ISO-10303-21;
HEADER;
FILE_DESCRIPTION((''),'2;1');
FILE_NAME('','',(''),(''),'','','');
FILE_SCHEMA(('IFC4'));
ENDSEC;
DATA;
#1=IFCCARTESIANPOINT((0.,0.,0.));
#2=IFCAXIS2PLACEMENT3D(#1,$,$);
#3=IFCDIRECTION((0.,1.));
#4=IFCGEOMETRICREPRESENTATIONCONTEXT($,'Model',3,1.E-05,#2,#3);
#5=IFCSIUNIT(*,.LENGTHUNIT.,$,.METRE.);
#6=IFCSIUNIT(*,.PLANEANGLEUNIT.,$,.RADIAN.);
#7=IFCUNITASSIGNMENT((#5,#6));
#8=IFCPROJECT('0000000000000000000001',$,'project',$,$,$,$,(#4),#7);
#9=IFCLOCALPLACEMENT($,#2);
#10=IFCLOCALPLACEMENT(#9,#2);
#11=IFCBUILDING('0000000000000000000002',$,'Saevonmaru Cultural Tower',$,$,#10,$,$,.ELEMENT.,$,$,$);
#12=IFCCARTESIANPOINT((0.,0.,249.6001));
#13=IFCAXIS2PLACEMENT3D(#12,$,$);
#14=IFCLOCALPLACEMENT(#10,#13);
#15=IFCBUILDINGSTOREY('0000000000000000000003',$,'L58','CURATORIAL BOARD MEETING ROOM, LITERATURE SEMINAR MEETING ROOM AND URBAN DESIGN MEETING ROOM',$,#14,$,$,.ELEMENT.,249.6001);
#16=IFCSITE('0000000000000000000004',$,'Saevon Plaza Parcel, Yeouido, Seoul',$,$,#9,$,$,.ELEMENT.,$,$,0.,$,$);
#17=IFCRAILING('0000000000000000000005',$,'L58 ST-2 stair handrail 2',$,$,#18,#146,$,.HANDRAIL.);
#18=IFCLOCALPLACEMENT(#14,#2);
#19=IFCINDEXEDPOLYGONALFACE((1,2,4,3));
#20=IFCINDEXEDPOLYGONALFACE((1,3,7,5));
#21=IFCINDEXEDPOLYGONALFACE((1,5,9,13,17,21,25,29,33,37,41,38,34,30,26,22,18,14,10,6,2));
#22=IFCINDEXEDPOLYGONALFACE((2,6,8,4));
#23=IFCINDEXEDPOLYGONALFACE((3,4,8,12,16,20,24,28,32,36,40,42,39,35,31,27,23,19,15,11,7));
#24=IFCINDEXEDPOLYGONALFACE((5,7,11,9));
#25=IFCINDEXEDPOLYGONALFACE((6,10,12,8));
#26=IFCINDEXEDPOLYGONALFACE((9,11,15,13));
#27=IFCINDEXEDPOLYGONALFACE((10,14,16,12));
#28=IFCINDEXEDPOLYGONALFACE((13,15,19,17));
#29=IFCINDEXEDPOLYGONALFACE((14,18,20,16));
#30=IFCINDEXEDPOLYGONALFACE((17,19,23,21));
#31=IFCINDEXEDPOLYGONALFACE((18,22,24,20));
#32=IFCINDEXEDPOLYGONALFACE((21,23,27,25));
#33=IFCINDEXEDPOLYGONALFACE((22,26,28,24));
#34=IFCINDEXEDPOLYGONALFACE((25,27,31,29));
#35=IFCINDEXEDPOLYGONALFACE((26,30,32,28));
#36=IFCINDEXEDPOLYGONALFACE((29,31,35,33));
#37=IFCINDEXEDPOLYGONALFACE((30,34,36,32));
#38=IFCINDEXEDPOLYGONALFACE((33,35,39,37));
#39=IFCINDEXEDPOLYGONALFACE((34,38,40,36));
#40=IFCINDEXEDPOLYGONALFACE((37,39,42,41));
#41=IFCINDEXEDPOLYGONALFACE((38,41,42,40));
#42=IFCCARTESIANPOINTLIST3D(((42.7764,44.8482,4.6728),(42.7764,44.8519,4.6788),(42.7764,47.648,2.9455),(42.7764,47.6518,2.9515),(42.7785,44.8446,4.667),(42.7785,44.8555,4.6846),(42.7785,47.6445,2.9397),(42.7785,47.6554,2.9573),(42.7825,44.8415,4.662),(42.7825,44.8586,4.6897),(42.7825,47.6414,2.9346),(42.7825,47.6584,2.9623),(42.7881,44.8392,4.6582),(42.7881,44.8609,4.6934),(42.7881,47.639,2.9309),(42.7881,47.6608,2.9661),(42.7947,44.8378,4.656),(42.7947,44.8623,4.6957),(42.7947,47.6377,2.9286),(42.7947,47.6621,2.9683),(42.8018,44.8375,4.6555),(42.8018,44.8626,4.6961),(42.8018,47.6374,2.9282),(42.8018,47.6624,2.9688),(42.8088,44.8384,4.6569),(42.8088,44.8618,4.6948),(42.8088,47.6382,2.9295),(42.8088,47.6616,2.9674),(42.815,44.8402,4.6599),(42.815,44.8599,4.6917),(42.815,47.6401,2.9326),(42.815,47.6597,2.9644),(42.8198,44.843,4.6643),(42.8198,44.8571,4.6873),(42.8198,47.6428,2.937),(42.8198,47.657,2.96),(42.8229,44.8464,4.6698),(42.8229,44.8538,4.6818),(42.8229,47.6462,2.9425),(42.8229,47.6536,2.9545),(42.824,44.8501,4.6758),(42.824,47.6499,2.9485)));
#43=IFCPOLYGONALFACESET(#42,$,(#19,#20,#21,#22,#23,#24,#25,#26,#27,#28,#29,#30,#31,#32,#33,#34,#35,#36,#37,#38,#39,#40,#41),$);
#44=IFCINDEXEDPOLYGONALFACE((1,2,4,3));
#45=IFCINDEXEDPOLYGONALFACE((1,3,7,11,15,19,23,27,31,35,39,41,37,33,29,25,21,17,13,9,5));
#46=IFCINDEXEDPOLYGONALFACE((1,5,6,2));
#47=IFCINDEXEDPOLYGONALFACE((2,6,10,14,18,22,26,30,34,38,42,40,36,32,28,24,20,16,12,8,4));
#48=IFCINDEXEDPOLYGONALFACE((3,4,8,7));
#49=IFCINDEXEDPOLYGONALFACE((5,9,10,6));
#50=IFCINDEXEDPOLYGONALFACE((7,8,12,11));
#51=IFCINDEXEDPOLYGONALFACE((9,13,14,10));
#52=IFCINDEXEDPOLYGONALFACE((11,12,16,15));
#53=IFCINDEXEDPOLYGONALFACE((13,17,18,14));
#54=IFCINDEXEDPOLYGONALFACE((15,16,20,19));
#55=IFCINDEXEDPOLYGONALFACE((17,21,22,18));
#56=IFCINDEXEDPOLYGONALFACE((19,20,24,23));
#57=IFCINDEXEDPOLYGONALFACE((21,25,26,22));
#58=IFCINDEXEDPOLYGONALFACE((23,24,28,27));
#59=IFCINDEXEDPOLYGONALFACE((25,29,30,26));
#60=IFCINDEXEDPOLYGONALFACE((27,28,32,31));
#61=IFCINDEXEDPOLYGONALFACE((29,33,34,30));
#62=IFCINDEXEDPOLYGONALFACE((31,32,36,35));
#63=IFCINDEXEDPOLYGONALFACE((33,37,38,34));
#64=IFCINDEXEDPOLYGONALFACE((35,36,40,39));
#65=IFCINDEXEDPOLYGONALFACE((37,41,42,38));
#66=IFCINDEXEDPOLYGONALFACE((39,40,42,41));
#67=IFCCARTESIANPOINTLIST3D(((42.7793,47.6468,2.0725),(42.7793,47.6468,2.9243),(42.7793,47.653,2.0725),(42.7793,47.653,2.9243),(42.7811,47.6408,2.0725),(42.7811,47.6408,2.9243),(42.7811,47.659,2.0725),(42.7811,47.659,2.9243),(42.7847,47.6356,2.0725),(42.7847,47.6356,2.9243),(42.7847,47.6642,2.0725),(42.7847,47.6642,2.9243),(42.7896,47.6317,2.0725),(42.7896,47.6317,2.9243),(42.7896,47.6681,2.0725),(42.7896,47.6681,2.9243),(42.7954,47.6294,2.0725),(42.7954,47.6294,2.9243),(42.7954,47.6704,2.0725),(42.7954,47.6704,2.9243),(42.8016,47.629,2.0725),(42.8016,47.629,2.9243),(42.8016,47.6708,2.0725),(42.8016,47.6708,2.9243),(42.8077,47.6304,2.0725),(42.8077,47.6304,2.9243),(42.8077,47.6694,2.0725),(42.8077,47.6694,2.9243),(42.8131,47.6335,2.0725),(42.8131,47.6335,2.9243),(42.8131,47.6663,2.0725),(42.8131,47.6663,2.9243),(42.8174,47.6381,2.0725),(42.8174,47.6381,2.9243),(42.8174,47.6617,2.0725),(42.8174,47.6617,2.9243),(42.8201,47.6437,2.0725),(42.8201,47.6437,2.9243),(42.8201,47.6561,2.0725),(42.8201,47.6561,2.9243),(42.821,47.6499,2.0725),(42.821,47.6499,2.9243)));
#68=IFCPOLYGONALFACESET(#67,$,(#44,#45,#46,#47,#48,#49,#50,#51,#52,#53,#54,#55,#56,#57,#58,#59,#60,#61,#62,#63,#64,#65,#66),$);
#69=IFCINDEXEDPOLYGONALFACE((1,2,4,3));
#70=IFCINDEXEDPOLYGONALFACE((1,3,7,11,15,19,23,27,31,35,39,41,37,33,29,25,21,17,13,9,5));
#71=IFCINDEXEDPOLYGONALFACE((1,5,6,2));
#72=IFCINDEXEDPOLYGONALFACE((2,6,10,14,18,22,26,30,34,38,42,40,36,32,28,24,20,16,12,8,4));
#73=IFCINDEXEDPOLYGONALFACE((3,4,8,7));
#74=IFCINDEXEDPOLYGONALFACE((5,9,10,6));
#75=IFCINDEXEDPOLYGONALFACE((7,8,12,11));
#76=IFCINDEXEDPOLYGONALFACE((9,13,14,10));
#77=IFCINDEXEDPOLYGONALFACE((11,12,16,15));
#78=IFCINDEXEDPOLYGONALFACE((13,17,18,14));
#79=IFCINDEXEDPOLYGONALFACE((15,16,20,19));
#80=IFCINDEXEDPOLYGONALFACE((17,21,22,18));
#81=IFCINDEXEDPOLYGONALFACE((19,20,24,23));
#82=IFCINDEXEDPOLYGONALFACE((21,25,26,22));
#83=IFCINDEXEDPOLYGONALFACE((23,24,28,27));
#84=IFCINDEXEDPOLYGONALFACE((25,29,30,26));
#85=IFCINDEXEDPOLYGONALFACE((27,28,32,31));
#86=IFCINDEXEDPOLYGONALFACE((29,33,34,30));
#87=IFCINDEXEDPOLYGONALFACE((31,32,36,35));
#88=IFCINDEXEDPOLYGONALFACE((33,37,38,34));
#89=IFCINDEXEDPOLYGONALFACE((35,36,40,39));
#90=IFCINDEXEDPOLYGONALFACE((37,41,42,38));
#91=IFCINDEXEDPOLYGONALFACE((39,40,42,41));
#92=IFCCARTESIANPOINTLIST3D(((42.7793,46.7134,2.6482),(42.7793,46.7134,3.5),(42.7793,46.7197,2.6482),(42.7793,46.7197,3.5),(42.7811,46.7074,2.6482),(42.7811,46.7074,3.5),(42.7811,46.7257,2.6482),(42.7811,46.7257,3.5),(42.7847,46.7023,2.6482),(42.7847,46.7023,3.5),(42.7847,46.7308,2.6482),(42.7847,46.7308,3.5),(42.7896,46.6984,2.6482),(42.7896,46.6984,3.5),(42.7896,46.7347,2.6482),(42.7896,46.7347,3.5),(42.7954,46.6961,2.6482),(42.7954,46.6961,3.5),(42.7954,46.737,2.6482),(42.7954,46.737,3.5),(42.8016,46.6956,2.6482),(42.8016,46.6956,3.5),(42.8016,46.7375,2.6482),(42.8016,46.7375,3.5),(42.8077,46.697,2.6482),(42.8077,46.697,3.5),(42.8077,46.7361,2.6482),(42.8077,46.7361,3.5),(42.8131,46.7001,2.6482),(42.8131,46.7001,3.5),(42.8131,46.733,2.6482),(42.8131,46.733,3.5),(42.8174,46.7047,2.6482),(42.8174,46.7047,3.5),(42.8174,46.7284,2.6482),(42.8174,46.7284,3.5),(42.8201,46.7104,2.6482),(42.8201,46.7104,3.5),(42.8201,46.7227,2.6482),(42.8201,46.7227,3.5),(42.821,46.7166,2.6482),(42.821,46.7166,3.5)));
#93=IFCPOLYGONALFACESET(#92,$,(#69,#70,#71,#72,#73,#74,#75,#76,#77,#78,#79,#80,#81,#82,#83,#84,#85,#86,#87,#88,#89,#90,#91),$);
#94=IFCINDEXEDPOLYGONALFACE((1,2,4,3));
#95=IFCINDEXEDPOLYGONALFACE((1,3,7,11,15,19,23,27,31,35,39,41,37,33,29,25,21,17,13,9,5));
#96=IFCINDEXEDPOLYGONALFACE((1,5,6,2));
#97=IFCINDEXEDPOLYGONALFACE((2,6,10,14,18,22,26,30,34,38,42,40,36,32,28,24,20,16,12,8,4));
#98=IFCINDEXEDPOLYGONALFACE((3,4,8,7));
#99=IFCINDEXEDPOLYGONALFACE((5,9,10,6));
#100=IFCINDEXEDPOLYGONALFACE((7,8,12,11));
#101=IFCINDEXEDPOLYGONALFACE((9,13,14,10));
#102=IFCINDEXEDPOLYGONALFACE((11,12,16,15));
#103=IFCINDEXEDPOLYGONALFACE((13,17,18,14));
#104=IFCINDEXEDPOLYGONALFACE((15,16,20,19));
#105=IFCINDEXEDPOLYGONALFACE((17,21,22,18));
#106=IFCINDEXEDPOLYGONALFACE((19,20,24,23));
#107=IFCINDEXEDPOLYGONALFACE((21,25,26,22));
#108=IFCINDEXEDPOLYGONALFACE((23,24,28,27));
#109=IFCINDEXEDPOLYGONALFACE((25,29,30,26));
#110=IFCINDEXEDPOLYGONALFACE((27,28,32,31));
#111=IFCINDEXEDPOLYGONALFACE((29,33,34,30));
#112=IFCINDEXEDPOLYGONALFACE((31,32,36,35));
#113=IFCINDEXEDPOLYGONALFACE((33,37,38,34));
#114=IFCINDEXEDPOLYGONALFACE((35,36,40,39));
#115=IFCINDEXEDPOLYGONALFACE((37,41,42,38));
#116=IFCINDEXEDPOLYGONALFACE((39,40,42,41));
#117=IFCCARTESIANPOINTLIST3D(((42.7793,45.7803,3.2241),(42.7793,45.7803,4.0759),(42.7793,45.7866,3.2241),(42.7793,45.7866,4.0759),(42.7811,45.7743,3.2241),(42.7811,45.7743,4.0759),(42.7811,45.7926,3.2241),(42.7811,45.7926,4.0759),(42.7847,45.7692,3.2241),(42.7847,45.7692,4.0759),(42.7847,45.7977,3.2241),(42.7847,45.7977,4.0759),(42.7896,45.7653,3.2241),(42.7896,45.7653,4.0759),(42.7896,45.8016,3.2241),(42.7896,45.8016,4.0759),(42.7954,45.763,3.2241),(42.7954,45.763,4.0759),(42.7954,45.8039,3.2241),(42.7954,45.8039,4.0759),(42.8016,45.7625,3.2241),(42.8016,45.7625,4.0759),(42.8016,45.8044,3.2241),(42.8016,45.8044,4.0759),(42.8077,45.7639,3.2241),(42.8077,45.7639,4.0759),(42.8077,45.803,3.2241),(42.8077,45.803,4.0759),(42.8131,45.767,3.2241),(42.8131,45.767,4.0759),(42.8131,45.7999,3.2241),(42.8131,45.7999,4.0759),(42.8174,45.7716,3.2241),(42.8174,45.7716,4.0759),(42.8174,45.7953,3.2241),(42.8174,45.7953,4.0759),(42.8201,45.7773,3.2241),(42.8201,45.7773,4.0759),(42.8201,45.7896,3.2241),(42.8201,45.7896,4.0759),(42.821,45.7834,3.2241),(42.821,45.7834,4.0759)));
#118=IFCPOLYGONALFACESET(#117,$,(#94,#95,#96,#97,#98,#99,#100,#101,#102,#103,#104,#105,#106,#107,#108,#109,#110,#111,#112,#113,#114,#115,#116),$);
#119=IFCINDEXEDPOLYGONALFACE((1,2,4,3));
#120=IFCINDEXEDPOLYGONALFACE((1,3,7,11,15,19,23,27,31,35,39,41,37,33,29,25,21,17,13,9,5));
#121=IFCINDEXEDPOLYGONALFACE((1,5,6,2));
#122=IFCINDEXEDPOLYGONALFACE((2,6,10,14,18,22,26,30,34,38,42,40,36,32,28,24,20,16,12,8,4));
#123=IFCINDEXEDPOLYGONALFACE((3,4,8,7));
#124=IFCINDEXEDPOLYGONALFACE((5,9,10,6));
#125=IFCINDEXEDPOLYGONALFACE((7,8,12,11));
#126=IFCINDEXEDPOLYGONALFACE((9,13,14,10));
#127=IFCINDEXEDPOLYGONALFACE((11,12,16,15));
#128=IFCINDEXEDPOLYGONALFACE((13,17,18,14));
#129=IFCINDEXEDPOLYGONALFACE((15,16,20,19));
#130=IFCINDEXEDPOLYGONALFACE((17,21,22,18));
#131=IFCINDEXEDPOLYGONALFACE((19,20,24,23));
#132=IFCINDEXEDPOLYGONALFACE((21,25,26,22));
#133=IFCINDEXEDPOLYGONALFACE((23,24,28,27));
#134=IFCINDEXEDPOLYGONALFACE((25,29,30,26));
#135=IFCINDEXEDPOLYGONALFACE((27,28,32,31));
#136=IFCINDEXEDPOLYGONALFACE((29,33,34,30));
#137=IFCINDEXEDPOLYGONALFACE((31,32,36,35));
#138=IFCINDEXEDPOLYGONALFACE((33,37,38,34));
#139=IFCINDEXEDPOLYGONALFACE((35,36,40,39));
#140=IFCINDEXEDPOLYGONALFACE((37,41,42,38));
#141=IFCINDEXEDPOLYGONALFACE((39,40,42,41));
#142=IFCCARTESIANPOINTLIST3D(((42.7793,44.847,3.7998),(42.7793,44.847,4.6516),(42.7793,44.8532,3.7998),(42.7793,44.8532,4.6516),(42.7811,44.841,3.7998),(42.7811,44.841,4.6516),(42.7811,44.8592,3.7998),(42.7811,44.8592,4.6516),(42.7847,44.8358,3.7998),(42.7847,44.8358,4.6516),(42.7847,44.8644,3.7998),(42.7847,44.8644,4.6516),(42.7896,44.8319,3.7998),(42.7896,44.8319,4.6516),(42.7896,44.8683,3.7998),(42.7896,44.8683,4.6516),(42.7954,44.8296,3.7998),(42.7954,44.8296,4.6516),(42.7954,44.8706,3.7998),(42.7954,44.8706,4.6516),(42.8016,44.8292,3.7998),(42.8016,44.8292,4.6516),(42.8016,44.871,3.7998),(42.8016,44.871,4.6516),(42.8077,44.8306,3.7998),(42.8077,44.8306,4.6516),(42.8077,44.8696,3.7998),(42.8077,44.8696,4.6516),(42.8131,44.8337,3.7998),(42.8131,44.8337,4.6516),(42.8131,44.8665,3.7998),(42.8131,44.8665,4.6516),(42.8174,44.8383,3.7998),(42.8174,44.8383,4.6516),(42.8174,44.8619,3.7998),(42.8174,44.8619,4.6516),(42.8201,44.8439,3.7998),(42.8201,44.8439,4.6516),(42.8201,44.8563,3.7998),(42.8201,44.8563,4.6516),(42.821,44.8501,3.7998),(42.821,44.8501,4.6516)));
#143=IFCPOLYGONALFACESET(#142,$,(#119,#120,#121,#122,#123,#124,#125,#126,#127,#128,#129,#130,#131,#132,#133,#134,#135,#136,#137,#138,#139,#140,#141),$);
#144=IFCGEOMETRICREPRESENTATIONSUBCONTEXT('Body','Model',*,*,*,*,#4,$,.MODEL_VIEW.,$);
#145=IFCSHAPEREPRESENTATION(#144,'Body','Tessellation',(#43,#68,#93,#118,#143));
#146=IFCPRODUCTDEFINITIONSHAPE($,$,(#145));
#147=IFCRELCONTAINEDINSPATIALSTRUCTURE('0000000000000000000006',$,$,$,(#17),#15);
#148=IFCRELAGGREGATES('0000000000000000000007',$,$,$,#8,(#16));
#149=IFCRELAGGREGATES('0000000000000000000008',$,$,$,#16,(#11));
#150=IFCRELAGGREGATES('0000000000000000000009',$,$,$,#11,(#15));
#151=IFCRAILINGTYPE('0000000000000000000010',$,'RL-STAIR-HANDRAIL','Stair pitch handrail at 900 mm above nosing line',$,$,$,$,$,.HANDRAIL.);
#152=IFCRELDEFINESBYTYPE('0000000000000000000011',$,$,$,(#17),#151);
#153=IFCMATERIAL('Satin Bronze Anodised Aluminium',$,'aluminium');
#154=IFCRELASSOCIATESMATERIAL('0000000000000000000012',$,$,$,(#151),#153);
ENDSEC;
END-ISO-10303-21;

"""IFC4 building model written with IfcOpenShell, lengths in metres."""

from ifc_helpers import new_model, si_unit, direction, frame, origin, origin_2d, place, context, subcontext, project, spatial, circle, extrude, material, type_object, element, save


model = new_model("IFC4")

# Units and contexts
model_context = context("Model", 3, precision=1e-05, world=origin(), true_north=direction((0.0, 1.0)))
body_context = subcontext(model_context, "Body", "Model", "MODEL_VIEW")
ifc_project = project(units=[si_unit("LENGTHUNIT", "METRE"), si_unit("PLANEANGLEUNIT", "RADIAN")], contexts=[model_context])

# Site, building, storey
site_placement = place(None, origin())
site = spatial("IfcSite", under=ifc_project, at=site_placement, Name="Saevon Plaza Parcel, Yeouido, Seoul", CompositionType="ELEMENT", RefElevation=0.0)
building_placement = place(site_placement, origin())
building = spatial("IfcBuilding", under=site, at=building_placement, Name="Saevonmaru Cultural Tower", CompositionType="ELEMENT")
storey_placement = place(building_placement, frame((0.0, 0.0, 249.6001)))
storey = spatial("IfcBuildingStorey", under=building, at=storey_placement, Name="L58", Description="CURATORIAL BOARD MEETING ROOM, LITERATURE SEMINAR MEETING ROOM AND URBAN DESIGN MEETING ROOM", CompositionType="ELEMENT", Elevation=249.6001)

# Shared definitions
ifc_material_1 = material(Name="Satin Bronze Anodised Aluminium", Category="aluminium")

# Railing
railing_type_1 = type_object("IfcRailingType", Name="RL-STAIR-HANDRAIL", Description="Stair pitch handrail at 900 mm above nosing line", PredefinedType="HANDRAIL", material=ifc_material_1)
railing_1_placement = place(storey_placement, frame((42.8, 47.6499, 2.0725)))
element("IfcRailing", 1, at=railing_1_placement, inside=storey, type_object=railing_type_1, Name="L58 ST-2 stair handrail 2", PredefinedType="HANDRAIL", context=body_context, shape_type="SweptSolid", body=[
    extrude(circle(Radius=0.0239, at=origin_2d()), frame((0.0, 0.0, 0.876), z_axis=(0.0, -0.851069, 0.525054), x_axis=(1.0, 0.0, 0.0)), (0.0, 0.0, 1.0), 3.2898),
    extrude(circle(Radius=0.021, at=origin_2d()), origin(), (0.0, 0.0, 1.0), 0.8518),
    extrude(circle(Radius=0.021, at=origin_2d()), frame((0.0, -0.9333, 0.5757)), (0.0, 0.0, 1.0), 0.8518),
    extrude(circle(Radius=0.021, at=origin_2d()), frame((0.0, -1.8665, 1.1516)), (0.0, 0.0, 1.0), 0.8518),
    extrude(circle(Radius=0.021, at=origin_2d()), frame((0.0, -2.7998, 1.7273)), (0.0, 0.0, 1.0), 0.8518),
])

save(model, "model.ifc")
